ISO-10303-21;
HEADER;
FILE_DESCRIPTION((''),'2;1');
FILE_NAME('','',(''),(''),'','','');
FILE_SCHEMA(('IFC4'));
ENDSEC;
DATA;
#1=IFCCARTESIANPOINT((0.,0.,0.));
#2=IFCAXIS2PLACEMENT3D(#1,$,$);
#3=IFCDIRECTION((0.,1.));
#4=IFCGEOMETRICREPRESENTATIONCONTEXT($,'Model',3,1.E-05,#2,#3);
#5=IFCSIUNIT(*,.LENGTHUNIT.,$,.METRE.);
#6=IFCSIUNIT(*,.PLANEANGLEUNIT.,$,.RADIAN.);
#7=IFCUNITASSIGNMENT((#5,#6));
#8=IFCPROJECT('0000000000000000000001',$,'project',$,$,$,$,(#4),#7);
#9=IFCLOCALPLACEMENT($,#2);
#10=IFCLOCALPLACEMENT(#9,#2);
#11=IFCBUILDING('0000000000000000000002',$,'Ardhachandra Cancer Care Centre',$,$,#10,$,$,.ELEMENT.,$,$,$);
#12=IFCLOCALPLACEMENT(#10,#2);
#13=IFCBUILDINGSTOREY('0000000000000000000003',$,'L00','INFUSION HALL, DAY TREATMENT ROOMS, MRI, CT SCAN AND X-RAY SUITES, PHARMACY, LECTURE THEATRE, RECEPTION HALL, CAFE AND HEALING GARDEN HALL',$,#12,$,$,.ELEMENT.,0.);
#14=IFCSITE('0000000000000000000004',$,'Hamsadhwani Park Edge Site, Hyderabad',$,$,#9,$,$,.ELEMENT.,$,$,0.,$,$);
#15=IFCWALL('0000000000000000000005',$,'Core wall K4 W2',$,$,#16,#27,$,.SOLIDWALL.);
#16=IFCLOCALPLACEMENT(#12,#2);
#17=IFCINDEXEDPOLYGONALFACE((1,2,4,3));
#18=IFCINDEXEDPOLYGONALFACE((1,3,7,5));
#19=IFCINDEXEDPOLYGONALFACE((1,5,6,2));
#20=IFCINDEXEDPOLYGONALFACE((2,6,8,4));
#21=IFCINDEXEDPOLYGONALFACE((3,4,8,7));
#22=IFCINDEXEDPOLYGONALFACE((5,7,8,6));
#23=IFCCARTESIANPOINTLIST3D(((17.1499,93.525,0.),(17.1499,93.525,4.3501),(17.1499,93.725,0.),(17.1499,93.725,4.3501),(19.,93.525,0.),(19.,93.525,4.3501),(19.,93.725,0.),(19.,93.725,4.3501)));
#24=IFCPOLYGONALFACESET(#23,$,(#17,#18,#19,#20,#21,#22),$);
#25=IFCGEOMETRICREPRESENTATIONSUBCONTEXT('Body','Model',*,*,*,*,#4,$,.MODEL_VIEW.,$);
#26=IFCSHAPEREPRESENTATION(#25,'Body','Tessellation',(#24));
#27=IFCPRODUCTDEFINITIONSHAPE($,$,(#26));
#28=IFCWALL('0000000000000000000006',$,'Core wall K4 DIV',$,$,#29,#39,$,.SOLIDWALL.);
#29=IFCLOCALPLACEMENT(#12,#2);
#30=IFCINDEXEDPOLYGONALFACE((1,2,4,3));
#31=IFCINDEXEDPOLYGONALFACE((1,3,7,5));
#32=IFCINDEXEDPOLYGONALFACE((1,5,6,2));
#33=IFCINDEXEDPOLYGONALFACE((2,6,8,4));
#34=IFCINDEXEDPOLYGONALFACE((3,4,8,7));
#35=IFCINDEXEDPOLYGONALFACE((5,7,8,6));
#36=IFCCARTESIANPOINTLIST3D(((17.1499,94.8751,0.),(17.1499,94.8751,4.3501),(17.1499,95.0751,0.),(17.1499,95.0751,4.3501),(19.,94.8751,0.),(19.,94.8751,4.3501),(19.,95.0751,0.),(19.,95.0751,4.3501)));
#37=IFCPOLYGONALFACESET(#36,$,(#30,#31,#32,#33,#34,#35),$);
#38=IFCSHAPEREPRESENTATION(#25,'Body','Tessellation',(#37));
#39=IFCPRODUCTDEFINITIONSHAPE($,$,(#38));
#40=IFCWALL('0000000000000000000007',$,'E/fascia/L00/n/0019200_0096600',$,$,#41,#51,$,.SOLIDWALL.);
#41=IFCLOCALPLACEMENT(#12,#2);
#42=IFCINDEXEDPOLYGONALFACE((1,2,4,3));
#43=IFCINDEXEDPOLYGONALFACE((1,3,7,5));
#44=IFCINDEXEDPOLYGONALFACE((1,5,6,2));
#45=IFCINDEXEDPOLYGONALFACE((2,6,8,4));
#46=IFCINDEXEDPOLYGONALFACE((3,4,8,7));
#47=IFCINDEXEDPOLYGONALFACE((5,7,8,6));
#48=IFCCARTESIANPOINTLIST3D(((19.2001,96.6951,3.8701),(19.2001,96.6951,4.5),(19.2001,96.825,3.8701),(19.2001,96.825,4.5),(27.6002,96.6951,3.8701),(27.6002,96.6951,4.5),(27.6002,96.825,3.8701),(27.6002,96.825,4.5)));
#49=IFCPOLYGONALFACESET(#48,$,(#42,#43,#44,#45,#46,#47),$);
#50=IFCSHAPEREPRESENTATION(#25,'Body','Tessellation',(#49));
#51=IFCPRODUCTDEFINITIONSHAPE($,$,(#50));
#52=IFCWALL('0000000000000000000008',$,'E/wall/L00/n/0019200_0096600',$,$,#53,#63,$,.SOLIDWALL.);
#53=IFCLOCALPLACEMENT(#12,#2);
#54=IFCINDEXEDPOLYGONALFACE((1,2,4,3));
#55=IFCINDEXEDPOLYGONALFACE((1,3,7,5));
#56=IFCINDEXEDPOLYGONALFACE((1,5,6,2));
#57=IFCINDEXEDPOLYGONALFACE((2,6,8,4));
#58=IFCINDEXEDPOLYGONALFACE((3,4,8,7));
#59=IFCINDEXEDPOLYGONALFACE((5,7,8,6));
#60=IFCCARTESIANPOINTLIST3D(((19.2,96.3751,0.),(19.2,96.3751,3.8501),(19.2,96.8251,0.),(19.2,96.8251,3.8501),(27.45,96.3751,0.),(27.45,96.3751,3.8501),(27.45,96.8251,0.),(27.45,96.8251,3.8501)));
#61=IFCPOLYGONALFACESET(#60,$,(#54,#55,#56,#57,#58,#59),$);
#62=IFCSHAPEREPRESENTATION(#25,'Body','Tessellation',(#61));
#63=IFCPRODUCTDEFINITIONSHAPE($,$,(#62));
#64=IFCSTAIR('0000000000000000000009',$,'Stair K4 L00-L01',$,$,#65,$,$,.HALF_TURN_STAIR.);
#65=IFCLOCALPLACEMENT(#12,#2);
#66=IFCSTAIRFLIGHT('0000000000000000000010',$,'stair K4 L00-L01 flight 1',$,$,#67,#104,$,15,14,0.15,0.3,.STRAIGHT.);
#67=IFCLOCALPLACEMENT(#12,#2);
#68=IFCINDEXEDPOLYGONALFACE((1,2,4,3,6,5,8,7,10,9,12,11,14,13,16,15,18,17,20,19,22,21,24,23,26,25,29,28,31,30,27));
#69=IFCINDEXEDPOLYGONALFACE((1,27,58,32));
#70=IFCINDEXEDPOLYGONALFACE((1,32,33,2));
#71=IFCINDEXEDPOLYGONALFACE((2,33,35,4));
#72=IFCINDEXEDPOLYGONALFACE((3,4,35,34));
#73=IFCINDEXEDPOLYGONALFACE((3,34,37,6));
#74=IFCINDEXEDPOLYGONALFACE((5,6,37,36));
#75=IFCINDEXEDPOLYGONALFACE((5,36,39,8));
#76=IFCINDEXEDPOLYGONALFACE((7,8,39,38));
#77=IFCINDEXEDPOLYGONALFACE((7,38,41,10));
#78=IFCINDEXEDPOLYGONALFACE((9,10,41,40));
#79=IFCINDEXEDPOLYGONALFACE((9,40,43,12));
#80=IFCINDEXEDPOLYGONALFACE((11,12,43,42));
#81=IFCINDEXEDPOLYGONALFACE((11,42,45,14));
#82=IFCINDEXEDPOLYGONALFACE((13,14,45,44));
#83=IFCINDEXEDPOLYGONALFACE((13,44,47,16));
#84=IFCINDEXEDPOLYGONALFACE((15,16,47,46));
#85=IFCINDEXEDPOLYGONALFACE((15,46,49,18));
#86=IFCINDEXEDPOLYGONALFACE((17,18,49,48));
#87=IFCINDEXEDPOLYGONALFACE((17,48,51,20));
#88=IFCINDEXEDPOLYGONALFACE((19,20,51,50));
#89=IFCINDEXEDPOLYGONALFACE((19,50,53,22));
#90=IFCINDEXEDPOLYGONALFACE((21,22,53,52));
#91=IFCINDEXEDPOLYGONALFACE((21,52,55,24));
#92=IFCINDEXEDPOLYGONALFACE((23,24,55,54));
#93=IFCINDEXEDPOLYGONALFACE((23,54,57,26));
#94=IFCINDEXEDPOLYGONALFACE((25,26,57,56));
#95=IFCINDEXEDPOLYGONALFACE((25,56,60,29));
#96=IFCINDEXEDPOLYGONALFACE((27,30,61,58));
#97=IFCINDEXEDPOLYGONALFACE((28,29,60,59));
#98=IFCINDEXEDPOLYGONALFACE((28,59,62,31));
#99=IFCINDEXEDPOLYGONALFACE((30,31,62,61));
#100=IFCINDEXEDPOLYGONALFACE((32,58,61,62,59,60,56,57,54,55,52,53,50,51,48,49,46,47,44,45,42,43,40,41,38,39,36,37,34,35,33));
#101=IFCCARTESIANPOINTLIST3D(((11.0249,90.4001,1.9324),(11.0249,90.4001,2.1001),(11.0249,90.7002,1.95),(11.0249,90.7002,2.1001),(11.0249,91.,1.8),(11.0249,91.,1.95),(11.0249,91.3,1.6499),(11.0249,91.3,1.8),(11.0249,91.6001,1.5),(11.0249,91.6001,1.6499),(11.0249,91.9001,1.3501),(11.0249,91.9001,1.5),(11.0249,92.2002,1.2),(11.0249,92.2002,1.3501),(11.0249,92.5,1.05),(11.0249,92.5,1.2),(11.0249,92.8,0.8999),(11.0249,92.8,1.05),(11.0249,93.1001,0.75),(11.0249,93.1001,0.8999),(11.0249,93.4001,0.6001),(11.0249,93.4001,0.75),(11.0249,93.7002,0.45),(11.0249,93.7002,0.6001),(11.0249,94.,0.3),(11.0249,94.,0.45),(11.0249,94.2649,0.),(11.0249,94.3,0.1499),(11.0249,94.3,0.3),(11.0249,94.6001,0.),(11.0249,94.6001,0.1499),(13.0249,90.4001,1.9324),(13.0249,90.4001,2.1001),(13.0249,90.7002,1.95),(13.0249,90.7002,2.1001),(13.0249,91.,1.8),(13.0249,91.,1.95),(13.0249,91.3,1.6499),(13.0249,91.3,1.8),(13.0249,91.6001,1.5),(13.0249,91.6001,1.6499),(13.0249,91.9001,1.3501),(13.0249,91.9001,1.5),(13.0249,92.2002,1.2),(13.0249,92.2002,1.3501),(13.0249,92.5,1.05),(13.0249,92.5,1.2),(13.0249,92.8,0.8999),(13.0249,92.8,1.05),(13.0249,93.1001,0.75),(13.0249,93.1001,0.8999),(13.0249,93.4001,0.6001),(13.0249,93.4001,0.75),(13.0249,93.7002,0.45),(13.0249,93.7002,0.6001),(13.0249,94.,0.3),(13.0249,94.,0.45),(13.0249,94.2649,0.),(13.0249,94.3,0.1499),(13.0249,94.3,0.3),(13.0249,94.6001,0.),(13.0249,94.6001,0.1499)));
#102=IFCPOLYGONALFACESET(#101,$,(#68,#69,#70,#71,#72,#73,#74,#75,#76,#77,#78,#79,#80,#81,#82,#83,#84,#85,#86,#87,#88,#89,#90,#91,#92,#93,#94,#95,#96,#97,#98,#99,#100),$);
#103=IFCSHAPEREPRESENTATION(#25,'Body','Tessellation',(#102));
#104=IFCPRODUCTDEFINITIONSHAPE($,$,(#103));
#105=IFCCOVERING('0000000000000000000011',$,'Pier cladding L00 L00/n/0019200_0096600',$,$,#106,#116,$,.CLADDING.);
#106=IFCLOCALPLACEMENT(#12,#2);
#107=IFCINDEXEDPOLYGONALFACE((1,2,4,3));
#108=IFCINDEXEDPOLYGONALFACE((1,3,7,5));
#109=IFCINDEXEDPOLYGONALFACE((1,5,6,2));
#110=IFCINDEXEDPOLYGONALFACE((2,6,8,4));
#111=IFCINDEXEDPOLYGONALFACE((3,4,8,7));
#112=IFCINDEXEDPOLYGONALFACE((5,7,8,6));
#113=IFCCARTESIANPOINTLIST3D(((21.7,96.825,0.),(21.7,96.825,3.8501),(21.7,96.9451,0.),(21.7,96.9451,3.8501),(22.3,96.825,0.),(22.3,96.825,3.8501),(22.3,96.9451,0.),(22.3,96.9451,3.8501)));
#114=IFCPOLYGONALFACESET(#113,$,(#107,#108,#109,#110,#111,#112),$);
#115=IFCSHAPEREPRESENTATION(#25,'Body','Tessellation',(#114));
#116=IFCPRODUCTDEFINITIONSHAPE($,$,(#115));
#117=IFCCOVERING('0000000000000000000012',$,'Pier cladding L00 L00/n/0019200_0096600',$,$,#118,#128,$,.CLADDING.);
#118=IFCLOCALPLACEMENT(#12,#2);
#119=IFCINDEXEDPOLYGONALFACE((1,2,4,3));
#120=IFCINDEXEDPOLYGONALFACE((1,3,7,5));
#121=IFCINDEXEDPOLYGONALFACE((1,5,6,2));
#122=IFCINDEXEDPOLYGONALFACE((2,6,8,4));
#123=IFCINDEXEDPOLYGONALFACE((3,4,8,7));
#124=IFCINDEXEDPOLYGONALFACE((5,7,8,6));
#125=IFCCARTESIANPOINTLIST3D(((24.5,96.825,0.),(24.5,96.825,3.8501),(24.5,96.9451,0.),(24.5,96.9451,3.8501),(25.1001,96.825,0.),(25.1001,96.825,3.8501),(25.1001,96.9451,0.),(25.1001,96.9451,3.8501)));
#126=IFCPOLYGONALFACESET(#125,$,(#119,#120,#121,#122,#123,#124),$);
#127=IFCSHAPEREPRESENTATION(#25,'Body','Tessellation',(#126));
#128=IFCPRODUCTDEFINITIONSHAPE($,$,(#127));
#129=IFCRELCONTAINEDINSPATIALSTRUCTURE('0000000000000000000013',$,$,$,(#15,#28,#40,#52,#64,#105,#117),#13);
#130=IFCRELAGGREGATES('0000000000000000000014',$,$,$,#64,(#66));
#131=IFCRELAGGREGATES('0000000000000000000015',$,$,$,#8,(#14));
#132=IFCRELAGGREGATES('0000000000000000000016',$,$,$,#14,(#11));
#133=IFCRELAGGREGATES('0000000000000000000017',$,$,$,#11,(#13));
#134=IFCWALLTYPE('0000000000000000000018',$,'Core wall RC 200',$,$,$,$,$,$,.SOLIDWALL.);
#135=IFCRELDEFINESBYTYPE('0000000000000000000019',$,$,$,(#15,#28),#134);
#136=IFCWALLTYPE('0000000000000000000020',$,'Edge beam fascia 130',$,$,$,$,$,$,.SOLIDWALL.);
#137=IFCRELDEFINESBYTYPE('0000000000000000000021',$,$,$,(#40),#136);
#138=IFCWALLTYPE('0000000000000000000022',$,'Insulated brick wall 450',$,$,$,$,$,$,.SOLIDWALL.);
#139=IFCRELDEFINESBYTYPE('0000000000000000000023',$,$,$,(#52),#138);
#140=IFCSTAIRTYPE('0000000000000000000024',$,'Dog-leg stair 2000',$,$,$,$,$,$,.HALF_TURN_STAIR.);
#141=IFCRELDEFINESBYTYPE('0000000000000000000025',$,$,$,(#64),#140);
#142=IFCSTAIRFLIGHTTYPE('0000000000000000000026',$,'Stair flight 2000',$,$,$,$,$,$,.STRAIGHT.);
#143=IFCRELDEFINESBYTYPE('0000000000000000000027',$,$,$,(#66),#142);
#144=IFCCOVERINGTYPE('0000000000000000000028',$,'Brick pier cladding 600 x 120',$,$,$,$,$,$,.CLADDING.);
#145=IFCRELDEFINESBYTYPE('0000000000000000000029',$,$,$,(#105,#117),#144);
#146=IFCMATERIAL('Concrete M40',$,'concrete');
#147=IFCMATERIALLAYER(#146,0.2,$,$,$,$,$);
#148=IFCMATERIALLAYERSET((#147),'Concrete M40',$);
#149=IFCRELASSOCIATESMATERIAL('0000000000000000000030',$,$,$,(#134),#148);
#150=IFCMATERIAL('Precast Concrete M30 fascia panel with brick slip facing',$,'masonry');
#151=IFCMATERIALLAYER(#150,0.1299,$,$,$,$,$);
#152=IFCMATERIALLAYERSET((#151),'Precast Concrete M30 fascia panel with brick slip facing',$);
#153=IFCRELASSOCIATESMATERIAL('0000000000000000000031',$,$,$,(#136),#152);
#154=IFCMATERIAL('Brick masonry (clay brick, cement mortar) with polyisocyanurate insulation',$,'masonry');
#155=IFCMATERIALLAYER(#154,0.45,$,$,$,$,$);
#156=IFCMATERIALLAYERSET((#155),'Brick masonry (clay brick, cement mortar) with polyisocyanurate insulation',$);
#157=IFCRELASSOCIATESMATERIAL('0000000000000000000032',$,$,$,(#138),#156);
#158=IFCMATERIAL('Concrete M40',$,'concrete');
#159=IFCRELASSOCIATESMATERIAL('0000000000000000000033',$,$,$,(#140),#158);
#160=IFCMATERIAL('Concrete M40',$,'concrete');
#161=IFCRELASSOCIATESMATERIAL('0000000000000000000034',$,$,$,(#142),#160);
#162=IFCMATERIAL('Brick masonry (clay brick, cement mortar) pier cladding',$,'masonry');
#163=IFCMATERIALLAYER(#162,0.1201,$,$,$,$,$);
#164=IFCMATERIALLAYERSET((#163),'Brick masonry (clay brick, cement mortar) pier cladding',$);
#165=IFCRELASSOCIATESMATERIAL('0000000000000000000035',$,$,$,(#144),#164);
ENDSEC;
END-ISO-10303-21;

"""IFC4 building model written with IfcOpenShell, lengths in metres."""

from ifc_helpers import new_model, si_unit, direction, frame, frame_2d, origin, origin_2d, place, context, subcontext, project, spatial, polyline, rectangle, outline, extrude, material, layer, layer_set, type_object, element, aggregate, save


model = new_model("IFC4")

# Units and contexts
model_context = context("Model", 3, precision=1e-05, world=origin(), true_north=direction((0.0, 1.0)))
body_context = subcontext(model_context, "Body", "Model", "MODEL_VIEW")
ifc_project = project(units=[si_unit("LENGTHUNIT", "METRE"), si_unit("PLANEANGLEUNIT", "RADIAN")], contexts=[model_context])

# Site, building, storey
site_placement = place(None, origin())
site = spatial("IfcSite", under=ifc_project, at=site_placement, Name="Hamsadhwani Park Edge Site, Hyderabad", CompositionType="ELEMENT", RefElevation=0.0)
building_placement = place(site_placement, origin())
building = spatial("IfcBuilding", under=site, at=building_placement, Name="Ardhachandra Cancer Care Centre", CompositionType="ELEMENT")
storey_placement = place(building_placement, origin())
storey = spatial("IfcBuildingStorey", under=building, at=storey_placement, Name="L00", Description="INFUSION HALL, DAY TREATMENT ROOMS, MRI, CT SCAN AND X-RAY SUITES, PHARMACY, LECTURE THEATRE, RECEPTION HALL, CAFE AND HEALING GARDEN HALL", CompositionType="ELEMENT", Elevation=0.0)

# Walls
ifc_material_1 = material(Name="Concrete M40", Category="concrete")
ifc_layer_1 = layer(ifc_material_1, 0.2)
ifc_layer_set_1 = layer_set([ifc_layer_1], Name="Concrete M40")
wall_type_1 = type_object("IfcWallType", Name="Core wall RC 200", PredefinedType="SOLIDWALL", material=ifc_layer_set_1)
for number, where, z_axis, x_axis, name in (
    (1, (17.1499, 93.625, 0.0), (0.0, 0.0, 1.0), (1.0, 0.0, 0.0), "Core wall K4 W2"),
    (2, (17.1499, 94.9751, 0.0), (0.0, 0.0, 1.0), (1.0, 0.0, 0.0), "Core wall K4 DIV"),
):
    element("IfcWall", number, at=place(storey_placement, frame(where, z_axis=z_axis, x_axis=x_axis)), inside=storey, type_object=wall_type_1, Name=name, PredefinedType="SOLIDWALL", context=body_context, shape_type="SweptSolid", body=[
        extrude(rectangle(XDim=1.8501, YDim=0.2, at=frame_2d((0.925, 0.0))), origin(), (0.0, 0.0, 1.0), 4.3501),
    ])
ifc_material_2 = material(Name="Precast Concrete M30 fascia panel with brick slip facing", Category="masonry")
ifc_layer_2 = layer(ifc_material_2, 0.1299)
ifc_layer_set_2 = layer_set([ifc_layer_2], Name="Precast Concrete M30 fascia panel with brick slip facing")
wall_type_2 = type_object("IfcWallType", Name="Edge beam fascia 130", PredefinedType="SOLIDWALL", material=ifc_layer_set_2)
wall_1_placement = place(storey_placement, frame((19.2, 96.76, 3.8701), z_axis=(0.0, 0.0, 1.0), x_axis=(1.0, 0.0, 0.0)))
element("IfcWall", 3, at=wall_1_placement, inside=storey, type_object=wall_type_2, Name="E/fascia/L00/n/0019200_0096600", PredefinedType="SOLIDWALL", context=body_context, shape_type="SweptSolid", body=[
    extrude(rectangle(XDim=8.4001, YDim=0.1299, at=frame_2d((4.2002, 0.0))), origin(), (0.0, 0.0, 1.0), 0.6299),
])
ifc_material_3 = material(Name="Brick masonry (clay brick, cement mortar) with polyisocyanurate insulation", Category="masonry")
ifc_layer_3 = layer(ifc_material_3, 0.45)
ifc_layer_set_3 = layer_set([ifc_layer_3], Name="Brick masonry (clay brick, cement mortar) with polyisocyanurate insulation")
wall_type_3 = type_object("IfcWallType", Name="Insulated brick wall 450", PredefinedType="SOLIDWALL", material=ifc_layer_set_3)
wall_2_placement = place(storey_placement, frame((19.2, 96.6001, 0.0), z_axis=(0.0, 0.0, 1.0), x_axis=(1.0, 0.0, 0.0)))
element("IfcWall", 4, at=wall_2_placement, inside=storey, type_object=wall_type_3, Name="E/wall/L00/n/0019200_0096600", PredefinedType="SOLIDWALL", context=body_context, shape_type="SweptSolid", body=[
    extrude(rectangle(XDim=8.25, YDim=0.45, at=frame_2d((4.125, 0.0))), origin(), (0.0, 0.0, 1.0), 3.8501),
])

# Stair, stair flight
ifc_material_4 = material(Name="Concrete M40", Category="concrete")
stair_type = type_object("IfcStairType", Name="Dog-leg stair 2000", PredefinedType="HALF_TURN_STAIR", material=ifc_material_4)
stair_placement = place(storey_placement, origin())
stair = element("IfcStair", 5, at=stair_placement, inside=storey, type_object=stair_type, Name="Stair K4 L00-L01", PredefinedType="HALF_TURN_STAIR")
ifc_material_5 = material(Name="Concrete M40", Category="concrete")
stair_flight_type = type_object("IfcStairFlightType", Name="Stair flight 2000", PredefinedType="STRAIGHT", material=ifc_material_5)
stair_flight_placement = place(storey_placement, frame((12.0249, 94.6001, 0.0), z_axis=(0.0, 0.0, 1.0), x_axis=(0.0, -1.0, 0.0)))
stair_flight = element("IfcStairFlight", 6, at=stair_flight_placement, type_object=stair_flight_type, Name="stair K4 L00-L01 flight 1", NumberOfRisers=15, NumberOfTreads=14, PredefinedType="STRAIGHT", RiserHeight=0.15, TreadLength=0.3, context=body_context, shape_type="SweptSolid", body=[
    extrude(outline(polyline([(0.0, 0.0), (0.0, 0.1499), (0.3, 0.1499), (0.3, 0.3), (0.6001, 0.3), (0.6001, 0.45), (0.8999, 0.45), (0.8999, 0.6001), (1.2, 0.6001), (1.2, 0.75), (1.5, 0.75), (1.5, 0.8999), (1.8, 0.8999), (1.8, 1.05), (2.1001, 1.05), (2.1001, 1.2), (2.3999, 1.2), (2.3999, 1.3501), (2.7, 1.3501), (2.7, 1.5), (3.0, 1.5), (3.0, 1.6499), (3.3, 1.6499), (3.3, 1.8), (3.6001, 1.8), (3.6001, 1.95), (3.8999, 1.95), (3.8999, 2.1001), (4.2, 2.1001), (4.2, 2.25), (4.2, 1.9324), (0.3352, 0.0), (0.0, 0.0)])), frame((0.0, 1.0, 0.0), z_axis=(0.0, -1.0, 0.0), x_axis=(1.0, 0.0, 0.0)), (0.0, 0.0, 1.0), 2.0),
])
aggregate(stair, [stair_flight])

# Coverings
ifc_material_6 = material(Name="Brick masonry (clay brick, cement mortar) pier cladding", Category="masonry")
ifc_layer_4 = layer(ifc_material_6, 0.1201)
ifc_layer_set_4 = layer_set([ifc_layer_4], Name="Brick masonry (clay brick, cement mortar) pier cladding")
covering_type_1 = type_object("IfcCoveringType", Name="Brick pier cladding 600 x 120", PredefinedType="CLADDING", material=ifc_layer_set_4)
for number, where, z_axis, x_axis, name in (
    (7, (22.0, 96.885, 0.0), (0.0, 0.0, 1.0), (1.0, 0.0, 0.0), "Pier cladding L00 L00/n/0019200_0096600"),
    (8, (24.8, 96.885, 0.0), (0.0, 0.0, 1.0), (1.0, 0.0, 0.0), "Pier cladding L00 L00/n/0019200_0096600"),
):
    element("IfcCovering", number, at=place(storey_placement, frame(where, z_axis=z_axis, x_axis=x_axis)), inside=storey, type_object=covering_type_1, Name=name, PredefinedType="CLADDING", context=body_context, shape_type="SweptSolid", body=[
        extrude(rectangle(XDim=0.6001, YDim=0.1201, at=origin_2d()), origin(), (0.0, 0.0, 1.0), 3.8501),
    ])

save(model, "model.ifc")
